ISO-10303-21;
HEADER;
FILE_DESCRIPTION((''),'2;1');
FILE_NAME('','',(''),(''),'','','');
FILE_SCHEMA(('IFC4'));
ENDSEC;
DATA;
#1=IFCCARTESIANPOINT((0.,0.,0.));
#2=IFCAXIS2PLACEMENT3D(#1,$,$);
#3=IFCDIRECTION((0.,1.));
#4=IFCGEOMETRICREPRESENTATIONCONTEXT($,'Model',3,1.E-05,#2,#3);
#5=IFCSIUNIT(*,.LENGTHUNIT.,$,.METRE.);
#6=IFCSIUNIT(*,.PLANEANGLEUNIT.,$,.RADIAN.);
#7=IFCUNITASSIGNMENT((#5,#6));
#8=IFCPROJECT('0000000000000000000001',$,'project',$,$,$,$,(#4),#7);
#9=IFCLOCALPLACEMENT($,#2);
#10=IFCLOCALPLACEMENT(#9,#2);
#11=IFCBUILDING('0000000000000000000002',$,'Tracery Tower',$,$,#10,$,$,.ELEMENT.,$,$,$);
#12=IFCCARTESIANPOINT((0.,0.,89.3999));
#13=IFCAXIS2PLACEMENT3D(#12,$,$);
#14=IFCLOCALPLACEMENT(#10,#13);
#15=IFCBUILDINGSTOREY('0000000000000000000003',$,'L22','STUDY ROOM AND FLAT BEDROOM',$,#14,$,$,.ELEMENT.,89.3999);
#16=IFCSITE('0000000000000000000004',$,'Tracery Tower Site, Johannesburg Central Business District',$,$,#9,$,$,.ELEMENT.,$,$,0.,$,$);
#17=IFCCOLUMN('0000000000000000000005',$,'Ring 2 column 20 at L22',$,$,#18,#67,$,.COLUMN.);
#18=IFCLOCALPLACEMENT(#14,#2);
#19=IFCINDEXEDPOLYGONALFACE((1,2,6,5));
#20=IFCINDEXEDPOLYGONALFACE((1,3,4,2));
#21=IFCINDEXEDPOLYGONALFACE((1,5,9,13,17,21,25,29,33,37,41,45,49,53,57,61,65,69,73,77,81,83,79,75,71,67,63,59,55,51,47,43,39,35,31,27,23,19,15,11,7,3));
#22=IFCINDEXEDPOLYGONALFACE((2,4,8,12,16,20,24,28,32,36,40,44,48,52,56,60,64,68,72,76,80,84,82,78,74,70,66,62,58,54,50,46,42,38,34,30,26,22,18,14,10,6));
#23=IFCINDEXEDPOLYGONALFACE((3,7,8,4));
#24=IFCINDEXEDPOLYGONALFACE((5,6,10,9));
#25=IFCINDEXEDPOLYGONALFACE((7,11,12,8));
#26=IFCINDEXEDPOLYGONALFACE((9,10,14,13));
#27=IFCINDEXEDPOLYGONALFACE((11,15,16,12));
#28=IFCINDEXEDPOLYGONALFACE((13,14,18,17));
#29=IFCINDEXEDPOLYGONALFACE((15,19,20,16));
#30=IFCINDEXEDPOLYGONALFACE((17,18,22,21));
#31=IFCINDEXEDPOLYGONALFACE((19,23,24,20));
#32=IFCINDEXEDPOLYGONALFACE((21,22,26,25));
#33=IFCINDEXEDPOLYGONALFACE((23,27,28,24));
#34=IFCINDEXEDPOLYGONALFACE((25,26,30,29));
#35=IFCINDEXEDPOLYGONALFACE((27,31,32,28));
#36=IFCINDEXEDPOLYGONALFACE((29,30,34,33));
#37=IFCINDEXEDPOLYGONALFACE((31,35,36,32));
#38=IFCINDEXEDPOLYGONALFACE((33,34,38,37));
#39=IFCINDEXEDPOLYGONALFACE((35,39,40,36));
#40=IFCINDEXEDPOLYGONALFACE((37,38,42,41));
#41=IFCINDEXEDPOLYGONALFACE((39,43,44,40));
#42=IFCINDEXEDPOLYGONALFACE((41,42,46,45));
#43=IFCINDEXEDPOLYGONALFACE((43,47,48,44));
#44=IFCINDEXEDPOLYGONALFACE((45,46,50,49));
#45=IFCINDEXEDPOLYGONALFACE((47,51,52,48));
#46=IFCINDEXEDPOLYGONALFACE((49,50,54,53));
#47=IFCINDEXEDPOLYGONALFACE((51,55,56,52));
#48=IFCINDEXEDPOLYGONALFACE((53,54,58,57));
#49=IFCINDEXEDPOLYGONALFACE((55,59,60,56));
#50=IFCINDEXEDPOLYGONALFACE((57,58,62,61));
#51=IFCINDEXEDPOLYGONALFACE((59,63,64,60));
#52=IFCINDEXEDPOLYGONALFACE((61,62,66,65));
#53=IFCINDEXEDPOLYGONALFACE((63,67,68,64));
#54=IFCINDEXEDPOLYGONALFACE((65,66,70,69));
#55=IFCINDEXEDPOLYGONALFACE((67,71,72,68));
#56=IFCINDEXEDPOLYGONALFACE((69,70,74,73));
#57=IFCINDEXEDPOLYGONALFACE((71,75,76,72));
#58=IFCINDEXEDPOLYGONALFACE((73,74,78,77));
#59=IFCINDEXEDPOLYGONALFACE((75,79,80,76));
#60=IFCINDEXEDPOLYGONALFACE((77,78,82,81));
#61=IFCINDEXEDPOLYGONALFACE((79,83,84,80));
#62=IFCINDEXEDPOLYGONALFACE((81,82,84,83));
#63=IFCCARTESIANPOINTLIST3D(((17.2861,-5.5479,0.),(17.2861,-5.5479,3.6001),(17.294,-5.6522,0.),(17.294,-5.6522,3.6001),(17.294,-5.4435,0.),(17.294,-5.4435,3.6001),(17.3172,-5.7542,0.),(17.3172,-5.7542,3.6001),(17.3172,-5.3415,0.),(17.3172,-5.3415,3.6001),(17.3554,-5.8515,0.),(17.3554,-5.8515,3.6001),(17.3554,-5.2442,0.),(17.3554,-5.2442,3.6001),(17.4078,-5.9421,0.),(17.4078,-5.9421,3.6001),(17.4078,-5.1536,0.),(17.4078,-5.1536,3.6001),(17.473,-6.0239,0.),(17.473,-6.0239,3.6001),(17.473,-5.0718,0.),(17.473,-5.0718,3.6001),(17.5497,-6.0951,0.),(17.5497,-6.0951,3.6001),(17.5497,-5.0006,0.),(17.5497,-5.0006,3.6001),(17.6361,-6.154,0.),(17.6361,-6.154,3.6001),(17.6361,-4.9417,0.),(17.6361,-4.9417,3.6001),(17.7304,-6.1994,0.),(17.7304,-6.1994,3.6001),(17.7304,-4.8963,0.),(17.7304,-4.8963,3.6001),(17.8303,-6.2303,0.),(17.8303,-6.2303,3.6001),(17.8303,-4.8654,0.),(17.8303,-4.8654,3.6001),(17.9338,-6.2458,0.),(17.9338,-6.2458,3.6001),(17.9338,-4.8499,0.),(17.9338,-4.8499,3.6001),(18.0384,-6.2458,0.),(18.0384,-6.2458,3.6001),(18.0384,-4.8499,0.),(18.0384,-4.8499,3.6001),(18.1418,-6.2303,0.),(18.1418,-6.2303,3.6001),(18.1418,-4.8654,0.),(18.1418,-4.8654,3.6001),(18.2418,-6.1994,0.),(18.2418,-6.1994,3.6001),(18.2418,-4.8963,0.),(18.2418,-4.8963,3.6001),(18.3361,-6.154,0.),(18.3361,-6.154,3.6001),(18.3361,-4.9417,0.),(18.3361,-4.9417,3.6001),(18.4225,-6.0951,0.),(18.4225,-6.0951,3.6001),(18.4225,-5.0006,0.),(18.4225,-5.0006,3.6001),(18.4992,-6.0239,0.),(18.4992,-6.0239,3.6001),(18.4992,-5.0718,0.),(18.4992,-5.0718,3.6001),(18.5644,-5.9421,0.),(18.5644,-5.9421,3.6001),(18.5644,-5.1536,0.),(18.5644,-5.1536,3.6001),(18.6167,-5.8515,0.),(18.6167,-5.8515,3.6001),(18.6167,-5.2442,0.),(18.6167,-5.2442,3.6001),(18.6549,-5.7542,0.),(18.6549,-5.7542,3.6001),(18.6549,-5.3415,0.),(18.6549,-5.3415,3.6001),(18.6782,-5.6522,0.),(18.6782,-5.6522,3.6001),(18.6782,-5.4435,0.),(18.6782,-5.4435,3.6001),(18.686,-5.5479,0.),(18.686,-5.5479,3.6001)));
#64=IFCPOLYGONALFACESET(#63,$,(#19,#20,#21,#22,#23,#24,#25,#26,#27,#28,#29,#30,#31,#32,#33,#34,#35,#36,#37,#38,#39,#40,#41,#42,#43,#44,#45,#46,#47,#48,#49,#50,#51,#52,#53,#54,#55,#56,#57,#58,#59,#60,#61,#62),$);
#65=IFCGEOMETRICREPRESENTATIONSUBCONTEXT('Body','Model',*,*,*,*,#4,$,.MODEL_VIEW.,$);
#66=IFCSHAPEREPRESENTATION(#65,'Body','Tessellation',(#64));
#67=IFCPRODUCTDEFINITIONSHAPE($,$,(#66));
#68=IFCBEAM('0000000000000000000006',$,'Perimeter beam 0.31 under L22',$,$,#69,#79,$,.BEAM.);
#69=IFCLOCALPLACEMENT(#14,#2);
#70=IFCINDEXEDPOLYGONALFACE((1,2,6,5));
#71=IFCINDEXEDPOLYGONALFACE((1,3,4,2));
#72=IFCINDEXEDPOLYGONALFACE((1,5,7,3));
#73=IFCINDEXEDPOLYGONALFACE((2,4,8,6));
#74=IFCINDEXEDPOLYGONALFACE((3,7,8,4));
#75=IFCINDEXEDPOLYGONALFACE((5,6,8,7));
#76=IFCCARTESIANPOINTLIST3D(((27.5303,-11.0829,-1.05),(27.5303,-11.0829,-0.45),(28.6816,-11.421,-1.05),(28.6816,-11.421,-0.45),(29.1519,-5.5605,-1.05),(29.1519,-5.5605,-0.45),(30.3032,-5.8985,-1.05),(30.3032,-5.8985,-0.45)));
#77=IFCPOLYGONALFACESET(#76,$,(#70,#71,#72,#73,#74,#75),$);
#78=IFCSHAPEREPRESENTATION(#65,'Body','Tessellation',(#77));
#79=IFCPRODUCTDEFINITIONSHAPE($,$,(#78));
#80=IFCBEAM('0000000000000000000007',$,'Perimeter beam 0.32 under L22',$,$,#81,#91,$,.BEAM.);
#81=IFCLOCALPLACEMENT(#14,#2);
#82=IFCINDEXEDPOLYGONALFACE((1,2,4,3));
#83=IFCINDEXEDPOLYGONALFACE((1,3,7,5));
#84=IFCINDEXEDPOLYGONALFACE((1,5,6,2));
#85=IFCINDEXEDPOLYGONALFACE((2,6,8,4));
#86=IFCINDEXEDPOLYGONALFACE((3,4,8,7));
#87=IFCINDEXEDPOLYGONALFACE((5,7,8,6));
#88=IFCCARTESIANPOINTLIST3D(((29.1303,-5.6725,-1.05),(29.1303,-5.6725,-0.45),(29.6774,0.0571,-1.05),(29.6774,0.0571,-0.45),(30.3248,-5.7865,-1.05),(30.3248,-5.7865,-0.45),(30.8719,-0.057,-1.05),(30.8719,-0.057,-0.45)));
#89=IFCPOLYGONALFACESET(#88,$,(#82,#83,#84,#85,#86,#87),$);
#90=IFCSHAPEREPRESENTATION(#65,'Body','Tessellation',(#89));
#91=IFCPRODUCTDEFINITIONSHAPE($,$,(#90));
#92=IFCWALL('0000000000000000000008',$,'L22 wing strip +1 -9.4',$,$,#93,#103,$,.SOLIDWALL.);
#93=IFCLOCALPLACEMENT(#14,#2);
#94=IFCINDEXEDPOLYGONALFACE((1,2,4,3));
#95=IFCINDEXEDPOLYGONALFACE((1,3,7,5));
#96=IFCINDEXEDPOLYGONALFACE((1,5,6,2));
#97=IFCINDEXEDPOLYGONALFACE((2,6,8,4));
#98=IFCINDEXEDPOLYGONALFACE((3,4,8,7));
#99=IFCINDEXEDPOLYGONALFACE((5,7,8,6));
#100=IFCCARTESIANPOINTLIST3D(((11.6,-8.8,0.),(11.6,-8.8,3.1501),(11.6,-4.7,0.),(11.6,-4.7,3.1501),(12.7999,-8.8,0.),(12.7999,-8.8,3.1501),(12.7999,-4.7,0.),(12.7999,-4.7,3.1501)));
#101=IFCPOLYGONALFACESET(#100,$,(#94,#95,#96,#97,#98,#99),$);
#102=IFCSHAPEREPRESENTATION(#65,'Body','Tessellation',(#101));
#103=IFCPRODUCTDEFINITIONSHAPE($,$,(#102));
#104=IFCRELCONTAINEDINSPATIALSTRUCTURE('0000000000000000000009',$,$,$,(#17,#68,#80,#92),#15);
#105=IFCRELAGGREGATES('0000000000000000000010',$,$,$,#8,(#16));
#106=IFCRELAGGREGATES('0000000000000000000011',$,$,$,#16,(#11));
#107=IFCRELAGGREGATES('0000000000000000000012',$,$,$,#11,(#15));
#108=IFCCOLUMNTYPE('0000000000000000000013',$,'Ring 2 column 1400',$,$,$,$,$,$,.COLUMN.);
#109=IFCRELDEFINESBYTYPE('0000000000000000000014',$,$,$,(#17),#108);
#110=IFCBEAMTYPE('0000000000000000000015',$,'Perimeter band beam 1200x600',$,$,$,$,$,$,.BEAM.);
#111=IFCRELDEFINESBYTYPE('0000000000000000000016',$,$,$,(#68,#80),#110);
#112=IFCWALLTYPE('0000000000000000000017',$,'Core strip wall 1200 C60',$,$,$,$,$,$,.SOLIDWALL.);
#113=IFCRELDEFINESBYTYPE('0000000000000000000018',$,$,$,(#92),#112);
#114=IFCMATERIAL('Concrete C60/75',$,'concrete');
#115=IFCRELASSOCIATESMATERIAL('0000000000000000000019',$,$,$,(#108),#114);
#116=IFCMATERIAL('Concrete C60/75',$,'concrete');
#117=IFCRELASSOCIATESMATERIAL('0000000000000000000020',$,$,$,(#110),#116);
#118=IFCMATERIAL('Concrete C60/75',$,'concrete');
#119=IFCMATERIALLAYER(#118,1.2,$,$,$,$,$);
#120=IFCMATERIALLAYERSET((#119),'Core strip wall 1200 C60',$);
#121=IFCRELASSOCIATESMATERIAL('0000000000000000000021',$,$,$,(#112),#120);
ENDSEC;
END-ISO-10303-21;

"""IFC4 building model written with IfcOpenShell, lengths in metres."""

from ifc_helpers import new_model, si_unit, direction, frame, frame_2d, origin, origin_2d, place, context, subcontext, project, spatial, rectangle, circle, extrude, material, layer, layer_set, material_profile, profile_set, type_object, element, save


model = new_model("IFC4")

# Units and contexts
model_context = context("Model", 3, precision=1e-05, world=origin(), true_north=direction((0.0, 1.0)))
body_context = subcontext(model_context, "Body", "Model", "MODEL_VIEW")
ifc_project = project(units=[si_unit("LENGTHUNIT", "METRE"), si_unit("PLANEANGLEUNIT", "RADIAN")], contexts=[model_context])

# Site, building, storey
site_placement = place(None, origin())
site = spatial("IfcSite", under=ifc_project, at=site_placement, Name="Tracery Tower Site, Johannesburg Central Business District", CompositionType="ELEMENT", RefElevation=0.0)
building_placement = place(site_placement, origin())
building = spatial("IfcBuilding", under=site, at=building_placement, Name="Tracery Tower", CompositionType="ELEMENT")
storey_placement = place(building_placement, frame((0.0, 0.0, 89.3999)))
storey = spatial("IfcBuildingStorey", under=building, at=storey_placement, Name="L22", Description="STUDY ROOM AND FLAT BEDROOM", CompositionType="ELEMENT", Elevation=89.3999)

# Column
ifc_material_1 = material(Name="Concrete C60/75", Category="concrete")
ifc_material_profile_1 = material_profile(ifc_material_1, circle(Radius=0.7, at=origin_2d()), Name="RC D1400")
ifc_profile_set_1 = profile_set([ifc_material_profile_1], Name="Concrete C60/75")
column_type_1 = type_object("IfcColumnType", Name="Ring 2 column 1400", PredefinedType="COLUMN", material=ifc_profile_set_1)
for number, where, z_axis, x_axis, name in (
    (1, (17.9861, -5.5479, 0.0), (0.0, 0.0, 1.0), (1.0, 0.0, 0.0), "Ring 2 column 20 at L22"),
):
    element("IfcColumn", number, at=place(storey_placement, frame(where, z_axis=z_axis, x_axis=x_axis)), inside=storey, type_object=column_type_1, Name=name, PredefinedType="COLUMN", context=body_context, shape_type="SweptSolid", body=[
        extrude(circle(Radius=0.7, at=origin_2d()), origin(), (0.0, 0.0, 1.0), 3.6001),
    ])

# Beams
ifc_material_2 = material(Name="Concrete C60/75", Category="concrete")
ifc_material_profile_2 = material_profile(ifc_material_2, rectangle(XDim=1.2, YDim=0.6001, at=origin_2d()), Name="RC 1200x600")
ifc_profile_set_2 = profile_set([ifc_material_profile_2], Name="Concrete C60/75")
beam_type = type_object("IfcBeamType", Name="Perimeter band beam 1200x600", PredefinedType="BEAM", material=ifc_profile_set_2)
for number, where, z_axis, x_axis, name in (
    (2, (28.106, -11.252, -0.75), (0.281739, 0.959491, 0.0), (-0.959491, 0.281739, 0.0), "Perimeter beam 0.31 under L22"),
    (3, (29.7275, -5.7295, -0.75), (0.095059, 0.995472, 0.0), (-0.995472, 0.095059, 0.0), "Perimeter beam 0.32 under L22"),
):
    element("IfcBeam", number, at=place(storey_placement, frame(where, z_axis=z_axis, x_axis=x_axis)), inside=storey, type_object=beam_type, Name=name, PredefinedType="BEAM", context=body_context, shape_type="SweptSolid", body=[
        extrude(rectangle(XDim=1.2, YDim=0.6001, at=origin_2d()), origin(), (0.0, 0.0, 1.0), 5.7556),
    ])

# Wall
ifc_material_3 = material(Name="Concrete C60/75", Category="concrete")
ifc_layer_1 = layer(ifc_material_3, 1.2)
ifc_layer_set_1 = layer_set([ifc_layer_1], Name="Core strip wall 1200 C60")
wall_type_1 = type_object("IfcWallType", Name="Core strip wall 1200 C60", PredefinedType="SOLIDWALL", material=ifc_layer_set_1)
wall_1_placement = place(storey_placement, frame((12.2, -8.8, 0.0), z_axis=(0.0, 0.0, 1.0), x_axis=(0.0, 1.0, 0.0)))
element("IfcWall", 4, at=wall_1_placement, inside=storey, type_object=wall_type_1, Name="L22 wing strip +1 -9.4", PredefinedType="SOLIDWALL", context=body_context, shape_type="SweptSolid", body=[
    extrude(rectangle(XDim=4.1001, YDim=1.2, at=frame_2d((2.05, 0.0))), origin(), (0.0, 0.0, 1.0), 3.1501),
])

save(model, "model.ifc")
